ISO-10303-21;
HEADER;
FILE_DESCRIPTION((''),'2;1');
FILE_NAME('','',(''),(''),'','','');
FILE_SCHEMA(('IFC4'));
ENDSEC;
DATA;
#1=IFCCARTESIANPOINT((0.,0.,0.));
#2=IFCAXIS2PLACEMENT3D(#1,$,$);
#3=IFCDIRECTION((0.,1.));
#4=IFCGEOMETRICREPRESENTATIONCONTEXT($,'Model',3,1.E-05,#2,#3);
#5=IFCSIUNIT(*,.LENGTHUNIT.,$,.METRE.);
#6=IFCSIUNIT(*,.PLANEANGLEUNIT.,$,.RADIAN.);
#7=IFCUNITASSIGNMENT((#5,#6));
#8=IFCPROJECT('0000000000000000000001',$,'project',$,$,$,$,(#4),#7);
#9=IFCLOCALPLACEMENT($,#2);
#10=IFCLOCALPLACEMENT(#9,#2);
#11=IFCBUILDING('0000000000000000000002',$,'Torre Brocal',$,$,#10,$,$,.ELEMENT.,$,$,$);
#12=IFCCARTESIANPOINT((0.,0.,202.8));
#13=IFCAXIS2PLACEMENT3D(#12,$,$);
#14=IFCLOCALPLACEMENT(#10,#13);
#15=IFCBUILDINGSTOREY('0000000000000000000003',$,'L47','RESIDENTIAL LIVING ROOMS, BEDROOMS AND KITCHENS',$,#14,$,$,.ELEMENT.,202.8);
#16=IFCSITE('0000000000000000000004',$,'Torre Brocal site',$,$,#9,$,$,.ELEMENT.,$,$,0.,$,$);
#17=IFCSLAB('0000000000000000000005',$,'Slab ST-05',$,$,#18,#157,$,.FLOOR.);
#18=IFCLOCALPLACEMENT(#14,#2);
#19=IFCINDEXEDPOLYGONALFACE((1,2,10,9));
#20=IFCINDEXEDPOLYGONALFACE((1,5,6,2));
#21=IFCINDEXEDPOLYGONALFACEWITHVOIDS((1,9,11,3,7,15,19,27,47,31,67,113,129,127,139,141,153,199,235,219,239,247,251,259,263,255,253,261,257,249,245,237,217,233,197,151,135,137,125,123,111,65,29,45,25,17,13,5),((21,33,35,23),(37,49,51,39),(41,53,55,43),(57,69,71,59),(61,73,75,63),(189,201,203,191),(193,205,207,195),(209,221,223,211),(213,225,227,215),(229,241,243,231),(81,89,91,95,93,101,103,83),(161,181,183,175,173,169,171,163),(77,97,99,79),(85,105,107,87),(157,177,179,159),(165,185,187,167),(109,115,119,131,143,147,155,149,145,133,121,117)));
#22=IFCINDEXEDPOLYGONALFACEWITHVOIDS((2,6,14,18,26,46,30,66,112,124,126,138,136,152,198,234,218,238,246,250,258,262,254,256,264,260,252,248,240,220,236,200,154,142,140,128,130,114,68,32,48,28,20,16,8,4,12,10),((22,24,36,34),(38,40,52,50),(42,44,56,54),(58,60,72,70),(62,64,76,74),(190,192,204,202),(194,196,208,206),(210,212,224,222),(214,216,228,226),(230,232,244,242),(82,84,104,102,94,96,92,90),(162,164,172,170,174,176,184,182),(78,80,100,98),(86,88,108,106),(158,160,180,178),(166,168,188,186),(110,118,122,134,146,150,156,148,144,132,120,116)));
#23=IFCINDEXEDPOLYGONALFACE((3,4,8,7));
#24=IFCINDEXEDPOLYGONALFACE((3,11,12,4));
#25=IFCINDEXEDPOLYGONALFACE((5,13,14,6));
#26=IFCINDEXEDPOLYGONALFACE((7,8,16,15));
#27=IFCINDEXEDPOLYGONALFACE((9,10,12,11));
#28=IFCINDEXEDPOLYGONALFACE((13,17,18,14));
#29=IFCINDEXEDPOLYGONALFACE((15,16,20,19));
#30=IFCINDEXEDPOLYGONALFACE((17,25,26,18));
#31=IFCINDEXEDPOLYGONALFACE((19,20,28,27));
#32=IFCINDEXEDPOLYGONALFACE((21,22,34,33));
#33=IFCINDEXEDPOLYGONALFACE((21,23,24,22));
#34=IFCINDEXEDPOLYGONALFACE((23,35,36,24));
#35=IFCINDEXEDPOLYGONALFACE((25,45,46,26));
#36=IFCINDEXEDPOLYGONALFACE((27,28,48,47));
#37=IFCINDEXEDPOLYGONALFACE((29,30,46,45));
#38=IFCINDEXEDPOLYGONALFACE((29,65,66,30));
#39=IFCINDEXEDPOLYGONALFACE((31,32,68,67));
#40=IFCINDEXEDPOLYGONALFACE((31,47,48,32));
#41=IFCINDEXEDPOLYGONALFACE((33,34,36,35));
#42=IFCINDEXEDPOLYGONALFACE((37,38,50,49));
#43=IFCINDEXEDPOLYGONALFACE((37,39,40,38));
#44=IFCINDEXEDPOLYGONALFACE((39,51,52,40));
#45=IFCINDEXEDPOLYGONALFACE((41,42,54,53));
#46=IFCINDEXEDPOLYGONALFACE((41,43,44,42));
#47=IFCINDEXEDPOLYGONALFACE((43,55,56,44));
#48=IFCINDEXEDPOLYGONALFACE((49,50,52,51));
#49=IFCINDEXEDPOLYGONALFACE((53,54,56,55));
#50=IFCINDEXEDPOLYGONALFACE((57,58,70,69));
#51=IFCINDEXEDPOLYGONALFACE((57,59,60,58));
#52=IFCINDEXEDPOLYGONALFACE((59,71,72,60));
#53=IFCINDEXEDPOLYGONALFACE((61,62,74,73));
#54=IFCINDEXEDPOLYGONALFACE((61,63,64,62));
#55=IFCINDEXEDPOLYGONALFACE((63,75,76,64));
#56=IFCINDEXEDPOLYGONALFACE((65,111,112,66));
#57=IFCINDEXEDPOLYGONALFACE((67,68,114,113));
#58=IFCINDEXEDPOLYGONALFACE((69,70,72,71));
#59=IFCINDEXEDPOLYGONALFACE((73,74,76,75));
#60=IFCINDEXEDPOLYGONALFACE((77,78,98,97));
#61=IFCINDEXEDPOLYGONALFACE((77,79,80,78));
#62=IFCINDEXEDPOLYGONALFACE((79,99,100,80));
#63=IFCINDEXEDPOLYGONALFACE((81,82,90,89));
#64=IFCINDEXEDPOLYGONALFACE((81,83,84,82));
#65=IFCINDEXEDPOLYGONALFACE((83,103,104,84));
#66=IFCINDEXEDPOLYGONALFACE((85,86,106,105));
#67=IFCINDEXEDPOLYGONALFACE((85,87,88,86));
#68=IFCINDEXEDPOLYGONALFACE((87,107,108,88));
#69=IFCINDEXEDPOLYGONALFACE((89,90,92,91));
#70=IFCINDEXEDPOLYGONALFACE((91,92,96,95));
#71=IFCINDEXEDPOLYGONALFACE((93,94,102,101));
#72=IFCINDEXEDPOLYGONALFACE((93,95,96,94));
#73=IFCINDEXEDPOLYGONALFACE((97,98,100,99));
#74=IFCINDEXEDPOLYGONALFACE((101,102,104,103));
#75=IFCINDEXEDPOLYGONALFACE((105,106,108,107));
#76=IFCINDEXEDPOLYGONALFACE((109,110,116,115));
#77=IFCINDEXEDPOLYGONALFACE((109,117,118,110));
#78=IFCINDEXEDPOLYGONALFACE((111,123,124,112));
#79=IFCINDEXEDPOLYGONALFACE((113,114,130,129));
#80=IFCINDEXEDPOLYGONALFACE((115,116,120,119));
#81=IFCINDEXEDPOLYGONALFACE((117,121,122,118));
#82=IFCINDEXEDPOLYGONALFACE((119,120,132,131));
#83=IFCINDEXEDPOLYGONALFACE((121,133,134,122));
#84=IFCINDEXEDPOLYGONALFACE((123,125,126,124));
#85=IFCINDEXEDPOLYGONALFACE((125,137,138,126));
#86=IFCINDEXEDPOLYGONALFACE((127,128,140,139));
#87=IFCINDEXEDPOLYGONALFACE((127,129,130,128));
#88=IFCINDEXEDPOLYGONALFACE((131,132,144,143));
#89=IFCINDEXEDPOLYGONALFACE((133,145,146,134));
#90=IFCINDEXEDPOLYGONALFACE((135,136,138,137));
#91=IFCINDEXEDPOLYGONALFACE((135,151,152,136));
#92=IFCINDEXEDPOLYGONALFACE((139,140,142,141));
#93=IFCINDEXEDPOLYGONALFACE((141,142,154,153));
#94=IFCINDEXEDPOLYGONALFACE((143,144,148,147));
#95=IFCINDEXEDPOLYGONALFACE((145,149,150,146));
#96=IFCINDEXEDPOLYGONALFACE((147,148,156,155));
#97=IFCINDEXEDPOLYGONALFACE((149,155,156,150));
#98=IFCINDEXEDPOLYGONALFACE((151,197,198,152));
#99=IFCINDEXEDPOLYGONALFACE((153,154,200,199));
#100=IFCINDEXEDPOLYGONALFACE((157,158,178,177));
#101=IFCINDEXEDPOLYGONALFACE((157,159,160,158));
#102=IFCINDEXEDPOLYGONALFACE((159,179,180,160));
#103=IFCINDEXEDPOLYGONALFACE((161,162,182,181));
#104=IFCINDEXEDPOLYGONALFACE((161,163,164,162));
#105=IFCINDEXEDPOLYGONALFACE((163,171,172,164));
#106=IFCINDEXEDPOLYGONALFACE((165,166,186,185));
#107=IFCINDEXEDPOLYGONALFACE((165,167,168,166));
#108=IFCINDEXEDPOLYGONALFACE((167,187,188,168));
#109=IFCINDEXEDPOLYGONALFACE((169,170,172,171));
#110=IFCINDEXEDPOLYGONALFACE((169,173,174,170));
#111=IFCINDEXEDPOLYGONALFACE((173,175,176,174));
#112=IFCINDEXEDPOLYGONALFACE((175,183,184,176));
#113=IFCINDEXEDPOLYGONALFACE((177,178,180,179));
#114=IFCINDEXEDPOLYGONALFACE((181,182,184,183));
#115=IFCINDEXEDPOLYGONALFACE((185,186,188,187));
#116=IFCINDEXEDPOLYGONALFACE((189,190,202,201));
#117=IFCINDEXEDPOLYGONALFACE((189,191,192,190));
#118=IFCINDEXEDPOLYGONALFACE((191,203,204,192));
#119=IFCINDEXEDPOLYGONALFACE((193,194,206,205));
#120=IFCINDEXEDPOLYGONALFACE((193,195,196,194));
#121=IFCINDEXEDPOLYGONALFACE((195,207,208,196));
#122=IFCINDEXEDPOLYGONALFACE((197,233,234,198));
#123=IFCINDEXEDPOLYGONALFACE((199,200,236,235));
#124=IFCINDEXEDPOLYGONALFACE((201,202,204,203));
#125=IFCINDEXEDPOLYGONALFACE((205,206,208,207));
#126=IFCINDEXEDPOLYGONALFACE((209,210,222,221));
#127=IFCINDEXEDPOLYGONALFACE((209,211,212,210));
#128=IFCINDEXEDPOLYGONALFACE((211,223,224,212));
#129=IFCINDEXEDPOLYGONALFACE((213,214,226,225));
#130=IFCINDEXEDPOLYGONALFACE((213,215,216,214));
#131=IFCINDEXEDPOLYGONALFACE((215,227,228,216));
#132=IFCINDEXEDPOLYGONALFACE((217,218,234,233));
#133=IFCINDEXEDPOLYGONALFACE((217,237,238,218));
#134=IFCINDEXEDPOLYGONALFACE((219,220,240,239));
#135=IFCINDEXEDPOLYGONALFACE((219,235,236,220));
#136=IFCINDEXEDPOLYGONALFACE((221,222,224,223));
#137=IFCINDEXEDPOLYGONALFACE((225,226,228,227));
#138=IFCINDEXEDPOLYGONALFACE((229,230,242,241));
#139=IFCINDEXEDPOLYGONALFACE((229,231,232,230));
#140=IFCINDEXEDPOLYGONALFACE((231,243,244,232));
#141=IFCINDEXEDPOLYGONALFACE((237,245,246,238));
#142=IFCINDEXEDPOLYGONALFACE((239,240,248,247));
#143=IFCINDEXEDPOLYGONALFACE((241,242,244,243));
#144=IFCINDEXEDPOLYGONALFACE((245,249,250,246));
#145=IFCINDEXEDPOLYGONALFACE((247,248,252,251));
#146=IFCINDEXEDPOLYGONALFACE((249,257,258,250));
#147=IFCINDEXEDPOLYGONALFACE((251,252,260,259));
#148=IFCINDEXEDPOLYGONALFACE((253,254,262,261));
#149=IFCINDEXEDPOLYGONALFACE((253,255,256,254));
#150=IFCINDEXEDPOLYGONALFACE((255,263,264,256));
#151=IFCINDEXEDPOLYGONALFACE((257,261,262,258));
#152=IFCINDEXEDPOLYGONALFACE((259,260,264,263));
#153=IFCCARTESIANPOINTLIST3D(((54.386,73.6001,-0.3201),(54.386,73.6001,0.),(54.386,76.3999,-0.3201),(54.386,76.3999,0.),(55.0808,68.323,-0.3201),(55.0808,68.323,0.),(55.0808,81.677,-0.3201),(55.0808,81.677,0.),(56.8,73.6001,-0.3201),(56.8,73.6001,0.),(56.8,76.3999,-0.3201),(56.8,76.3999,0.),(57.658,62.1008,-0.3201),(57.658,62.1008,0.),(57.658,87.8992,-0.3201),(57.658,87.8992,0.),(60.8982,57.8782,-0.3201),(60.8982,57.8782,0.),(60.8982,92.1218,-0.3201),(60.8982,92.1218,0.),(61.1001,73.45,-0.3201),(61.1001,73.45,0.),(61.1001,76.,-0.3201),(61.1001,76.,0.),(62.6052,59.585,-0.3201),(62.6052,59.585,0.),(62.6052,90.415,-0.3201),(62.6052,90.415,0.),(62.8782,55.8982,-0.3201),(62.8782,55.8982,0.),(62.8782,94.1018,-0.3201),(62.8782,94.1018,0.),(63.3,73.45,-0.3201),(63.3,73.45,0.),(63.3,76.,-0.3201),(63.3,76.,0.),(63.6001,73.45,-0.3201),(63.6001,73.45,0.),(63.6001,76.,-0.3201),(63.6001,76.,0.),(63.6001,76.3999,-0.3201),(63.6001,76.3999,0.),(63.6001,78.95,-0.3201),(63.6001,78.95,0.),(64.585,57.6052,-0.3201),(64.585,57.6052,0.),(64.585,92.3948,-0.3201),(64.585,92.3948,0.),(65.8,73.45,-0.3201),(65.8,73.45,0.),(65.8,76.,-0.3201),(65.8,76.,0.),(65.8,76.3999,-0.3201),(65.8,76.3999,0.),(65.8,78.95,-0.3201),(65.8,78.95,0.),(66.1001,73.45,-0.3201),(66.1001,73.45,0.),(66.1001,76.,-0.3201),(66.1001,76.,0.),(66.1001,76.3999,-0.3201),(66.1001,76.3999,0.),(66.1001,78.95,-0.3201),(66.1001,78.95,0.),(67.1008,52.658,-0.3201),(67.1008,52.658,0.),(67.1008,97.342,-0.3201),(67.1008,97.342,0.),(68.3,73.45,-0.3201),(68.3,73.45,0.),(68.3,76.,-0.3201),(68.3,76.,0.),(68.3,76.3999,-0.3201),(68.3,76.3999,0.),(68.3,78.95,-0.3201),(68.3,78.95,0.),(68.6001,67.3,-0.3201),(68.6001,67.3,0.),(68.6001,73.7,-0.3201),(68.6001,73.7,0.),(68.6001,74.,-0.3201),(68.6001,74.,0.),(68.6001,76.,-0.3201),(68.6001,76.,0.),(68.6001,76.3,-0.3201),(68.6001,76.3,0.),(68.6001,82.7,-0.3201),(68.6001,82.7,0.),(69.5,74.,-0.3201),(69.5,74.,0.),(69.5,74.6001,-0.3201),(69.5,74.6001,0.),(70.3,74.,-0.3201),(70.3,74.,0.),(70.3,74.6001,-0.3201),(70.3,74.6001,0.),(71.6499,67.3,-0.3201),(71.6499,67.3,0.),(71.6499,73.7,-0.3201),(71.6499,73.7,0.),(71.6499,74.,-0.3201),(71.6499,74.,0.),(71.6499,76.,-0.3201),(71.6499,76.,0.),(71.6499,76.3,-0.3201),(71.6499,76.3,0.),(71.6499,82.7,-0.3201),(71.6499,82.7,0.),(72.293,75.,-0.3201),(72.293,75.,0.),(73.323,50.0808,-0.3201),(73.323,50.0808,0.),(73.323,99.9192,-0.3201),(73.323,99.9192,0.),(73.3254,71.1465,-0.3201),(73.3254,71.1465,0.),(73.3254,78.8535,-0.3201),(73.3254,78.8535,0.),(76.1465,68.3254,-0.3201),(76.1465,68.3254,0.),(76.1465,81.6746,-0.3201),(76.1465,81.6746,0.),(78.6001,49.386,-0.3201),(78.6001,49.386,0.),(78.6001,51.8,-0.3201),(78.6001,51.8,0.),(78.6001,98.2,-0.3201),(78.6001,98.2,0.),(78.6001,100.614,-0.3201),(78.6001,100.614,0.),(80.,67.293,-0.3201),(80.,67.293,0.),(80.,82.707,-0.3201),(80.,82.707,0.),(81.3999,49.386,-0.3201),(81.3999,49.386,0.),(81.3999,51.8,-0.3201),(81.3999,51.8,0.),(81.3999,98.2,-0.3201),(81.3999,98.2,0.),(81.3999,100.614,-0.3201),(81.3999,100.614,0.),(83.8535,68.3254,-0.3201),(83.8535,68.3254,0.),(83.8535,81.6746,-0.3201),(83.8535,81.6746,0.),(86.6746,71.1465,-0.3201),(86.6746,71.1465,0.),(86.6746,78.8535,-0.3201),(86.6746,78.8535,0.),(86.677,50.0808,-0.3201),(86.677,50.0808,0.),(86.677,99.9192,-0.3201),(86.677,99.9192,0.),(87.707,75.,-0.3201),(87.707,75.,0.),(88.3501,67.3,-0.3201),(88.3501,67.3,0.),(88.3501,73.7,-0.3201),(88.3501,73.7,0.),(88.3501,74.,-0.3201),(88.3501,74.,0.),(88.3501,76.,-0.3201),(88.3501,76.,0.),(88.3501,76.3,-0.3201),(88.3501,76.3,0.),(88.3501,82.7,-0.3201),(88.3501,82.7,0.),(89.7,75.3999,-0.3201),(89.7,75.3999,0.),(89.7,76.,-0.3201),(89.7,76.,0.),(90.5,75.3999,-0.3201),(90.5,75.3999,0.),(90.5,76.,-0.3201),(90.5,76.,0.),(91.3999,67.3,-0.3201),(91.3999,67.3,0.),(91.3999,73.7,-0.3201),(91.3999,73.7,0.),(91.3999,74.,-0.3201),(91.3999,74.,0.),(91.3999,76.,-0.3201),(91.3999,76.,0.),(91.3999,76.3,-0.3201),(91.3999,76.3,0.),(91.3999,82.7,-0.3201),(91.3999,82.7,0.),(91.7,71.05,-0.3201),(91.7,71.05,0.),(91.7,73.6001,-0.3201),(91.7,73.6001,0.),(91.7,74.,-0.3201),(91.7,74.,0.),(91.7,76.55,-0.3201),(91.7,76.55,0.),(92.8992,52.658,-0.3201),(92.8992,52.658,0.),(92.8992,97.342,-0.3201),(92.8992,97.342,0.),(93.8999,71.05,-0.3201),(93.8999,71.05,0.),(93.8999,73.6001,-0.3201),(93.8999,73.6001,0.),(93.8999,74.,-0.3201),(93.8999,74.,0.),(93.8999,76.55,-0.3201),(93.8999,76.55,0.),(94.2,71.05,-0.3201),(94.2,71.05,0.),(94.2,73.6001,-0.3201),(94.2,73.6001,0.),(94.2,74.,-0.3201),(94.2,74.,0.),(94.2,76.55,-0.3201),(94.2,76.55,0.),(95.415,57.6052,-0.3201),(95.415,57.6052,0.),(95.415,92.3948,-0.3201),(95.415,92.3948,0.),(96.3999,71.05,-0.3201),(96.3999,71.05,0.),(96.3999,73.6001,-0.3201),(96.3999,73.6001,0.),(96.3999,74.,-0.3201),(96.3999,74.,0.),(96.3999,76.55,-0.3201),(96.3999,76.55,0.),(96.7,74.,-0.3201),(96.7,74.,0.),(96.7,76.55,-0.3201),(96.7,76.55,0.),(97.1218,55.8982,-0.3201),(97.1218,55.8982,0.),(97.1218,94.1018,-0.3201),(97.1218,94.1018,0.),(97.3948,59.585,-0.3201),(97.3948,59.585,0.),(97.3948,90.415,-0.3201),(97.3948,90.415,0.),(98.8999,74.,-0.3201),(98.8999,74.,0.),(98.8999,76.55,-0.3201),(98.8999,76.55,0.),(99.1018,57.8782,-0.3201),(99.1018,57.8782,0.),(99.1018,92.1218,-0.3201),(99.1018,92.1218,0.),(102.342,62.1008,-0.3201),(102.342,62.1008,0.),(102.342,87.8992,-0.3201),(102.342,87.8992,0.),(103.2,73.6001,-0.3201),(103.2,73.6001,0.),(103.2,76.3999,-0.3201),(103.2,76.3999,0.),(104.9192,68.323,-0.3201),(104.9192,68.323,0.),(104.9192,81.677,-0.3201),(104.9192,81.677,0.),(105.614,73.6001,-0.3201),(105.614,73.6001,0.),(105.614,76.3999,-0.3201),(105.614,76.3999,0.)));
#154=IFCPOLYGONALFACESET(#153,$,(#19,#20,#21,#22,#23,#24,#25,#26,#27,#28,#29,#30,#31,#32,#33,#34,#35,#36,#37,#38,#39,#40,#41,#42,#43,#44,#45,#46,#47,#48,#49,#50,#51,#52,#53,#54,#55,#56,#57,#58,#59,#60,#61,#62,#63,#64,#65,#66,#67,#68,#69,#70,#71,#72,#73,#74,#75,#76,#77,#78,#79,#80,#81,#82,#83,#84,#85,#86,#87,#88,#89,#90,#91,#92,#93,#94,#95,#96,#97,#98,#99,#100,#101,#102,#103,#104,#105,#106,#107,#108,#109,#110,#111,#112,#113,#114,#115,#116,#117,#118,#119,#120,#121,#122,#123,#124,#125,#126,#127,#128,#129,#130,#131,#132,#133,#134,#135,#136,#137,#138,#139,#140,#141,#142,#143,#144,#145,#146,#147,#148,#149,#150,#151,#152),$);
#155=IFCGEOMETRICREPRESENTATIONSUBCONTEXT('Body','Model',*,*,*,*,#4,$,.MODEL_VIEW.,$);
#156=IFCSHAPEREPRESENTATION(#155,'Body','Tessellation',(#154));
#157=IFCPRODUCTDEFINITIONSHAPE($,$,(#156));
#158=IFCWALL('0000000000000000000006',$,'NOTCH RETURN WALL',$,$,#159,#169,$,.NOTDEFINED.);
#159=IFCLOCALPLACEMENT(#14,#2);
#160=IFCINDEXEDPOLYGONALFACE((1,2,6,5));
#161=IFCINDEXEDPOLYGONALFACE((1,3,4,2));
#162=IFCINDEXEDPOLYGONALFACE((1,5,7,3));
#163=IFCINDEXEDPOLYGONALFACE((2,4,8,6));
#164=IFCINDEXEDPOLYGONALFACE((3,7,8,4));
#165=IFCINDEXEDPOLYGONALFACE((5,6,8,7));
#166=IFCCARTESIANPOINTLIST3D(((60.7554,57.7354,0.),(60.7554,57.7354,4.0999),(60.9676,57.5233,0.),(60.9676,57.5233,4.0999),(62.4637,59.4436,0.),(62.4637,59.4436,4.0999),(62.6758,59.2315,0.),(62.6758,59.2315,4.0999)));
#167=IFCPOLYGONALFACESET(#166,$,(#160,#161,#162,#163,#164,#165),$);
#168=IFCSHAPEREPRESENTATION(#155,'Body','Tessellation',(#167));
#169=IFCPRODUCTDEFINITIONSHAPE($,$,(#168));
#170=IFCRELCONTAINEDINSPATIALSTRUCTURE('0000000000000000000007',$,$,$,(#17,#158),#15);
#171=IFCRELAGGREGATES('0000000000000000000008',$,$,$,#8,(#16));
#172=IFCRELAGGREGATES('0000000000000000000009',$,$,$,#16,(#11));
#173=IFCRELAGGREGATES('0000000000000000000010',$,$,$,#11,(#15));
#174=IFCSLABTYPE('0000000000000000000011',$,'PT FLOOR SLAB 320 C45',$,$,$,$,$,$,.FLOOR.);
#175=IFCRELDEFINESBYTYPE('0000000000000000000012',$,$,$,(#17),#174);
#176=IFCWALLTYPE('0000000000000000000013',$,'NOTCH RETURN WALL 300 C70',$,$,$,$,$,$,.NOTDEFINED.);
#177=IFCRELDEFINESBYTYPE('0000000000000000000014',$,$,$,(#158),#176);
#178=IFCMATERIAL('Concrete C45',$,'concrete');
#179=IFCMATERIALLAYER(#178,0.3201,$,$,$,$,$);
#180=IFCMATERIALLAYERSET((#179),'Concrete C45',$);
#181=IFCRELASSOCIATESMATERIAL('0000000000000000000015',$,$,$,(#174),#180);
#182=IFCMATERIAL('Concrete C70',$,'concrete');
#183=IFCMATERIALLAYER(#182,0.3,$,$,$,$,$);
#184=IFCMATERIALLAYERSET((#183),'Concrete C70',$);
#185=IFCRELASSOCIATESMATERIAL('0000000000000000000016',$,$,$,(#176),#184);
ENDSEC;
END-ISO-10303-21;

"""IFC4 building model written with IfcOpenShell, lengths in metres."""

from ifc_helpers import new_model, si_unit, direction, frame, frame_2d, origin, place, context, subcontext, project, spatial, polyline, rectangle, outline, extrude, material, layer, layer_set, type_object, element, save


model = new_model("IFC4")

# Units and contexts
model_context = context("Model", 3, precision=1e-05, world=origin(), true_north=direction((0.0, 1.0)))
body_context = subcontext(model_context, "Body", "Model", "MODEL_VIEW")
ifc_project = project(units=[si_unit("LENGTHUNIT", "METRE"), si_unit("PLANEANGLEUNIT", "RADIAN")], contexts=[model_context])

# Site, building, storey
site_placement = place(None, origin())
site = spatial("IfcSite", under=ifc_project, at=site_placement, Name="Torre Brocal site", CompositionType="ELEMENT", RefElevation=0.0)
building_placement = place(site_placement, origin())
building = spatial("IfcBuilding", under=site, at=building_placement, Name="Torre Brocal", CompositionType="ELEMENT")
storey_placement = place(building_placement, frame((0.0, 0.0, 202.8)))
storey = spatial("IfcBuildingStorey", under=building, at=storey_placement, Name="L47", Description="RESIDENTIAL LIVING ROOMS, BEDROOMS AND KITCHENS", CompositionType="ELEMENT", Elevation=202.8)

# Slab
ifc_material_1 = material(Name="Concrete C45", Category="concrete")
ifc_layer_1 = layer(ifc_material_1, 0.3201)
ifc_layer_set_1 = layer_set([ifc_layer_1], Name="Concrete C45")
slab_type_1 = type_object("IfcSlabType", Name="PT FLOOR SLAB 320 C45", PredefinedType="FLOOR", material=ifc_layer_set_1)
slab_1_placement = place(storey_placement, frame((0.0, 0.0, -0.3201)))
element("IfcSlab", 1, at=slab_1_placement, inside=storey, type_object=slab_type_1, Name="Slab ST-05", PredefinedType="FLOOR", context=body_context, shape_type="SweptSolid", body=[
    extrude(outline(polyline([(103.2, 76.3999), (103.2, 73.6001), (105.614, 73.6001), (104.9192, 68.323), (102.342, 62.1008), (99.1018, 57.8782), (97.3948, 59.585), (95.415, 57.6052), (97.1218, 55.8982), (92.8992, 52.658), (86.677, 50.0808), (81.3999, 49.386), (81.3999, 51.8), (78.6001, 51.8), (78.6001, 49.386), (73.323, 50.0808), (67.1008, 52.658), (62.8782, 55.8982), (64.585, 57.6052), (62.6052, 59.585), (60.8982, 57.8782), (57.658, 62.1008), (55.0808, 68.323), (54.386, 73.6001), (56.8, 73.6001), (56.8, 76.3999), (54.386, 76.3999), (55.0808, 81.677), (57.658, 87.8992), (60.8982, 92.1218), (62.6052, 90.415), (64.585, 92.3948), (62.8782, 94.1018), (67.1008, 97.342), (73.323, 99.9192), (78.6001, 100.614), (78.6001, 98.2), (81.3999, 98.2), (81.3999, 100.614), (86.677, 99.9192), (92.8992, 97.342), (97.1218, 94.1018), (95.415, 92.3948), (97.3948, 90.415), (99.1018, 92.1218), (102.342, 87.8992), (104.9192, 81.677), (105.614, 76.3999), (103.2, 76.3999)]), holes=[polyline([(98.8999, 76.55), (96.7, 76.55), (96.7, 74.0), (98.8999, 74.0), (98.8999, 76.55)]), polyline([(96.3999, 76.55), (94.2, 76.55), (94.2, 74.0), (96.3999, 74.0), (96.3999, 76.55)]), polyline([(96.3999, 73.6001), (94.2, 73.6001), (94.2, 71.05), (96.3999, 71.05), (96.3999, 73.6001)]), polyline([(93.8999, 76.55), (91.7, 76.55), (91.7, 74.0), (93.8999, 74.0), (93.8999, 76.55)]), polyline([(93.8999, 73.6001), (91.7, 73.6001), (91.7, 71.05), (93.8999, 71.05), (93.8999, 73.6001)]), polyline([(89.7, 76.0), (88.3501, 76.0), (88.3501, 74.0), (91.3999, 74.0), (91.3999, 76.0), (90.5, 76.0), (90.5, 75.3999), (89.7, 75.3999), (89.7, 76.0)]), polyline([(91.3999, 82.7), (88.3501, 82.7), (88.3501, 76.3), (91.3999, 76.3), (91.3999, 82.7)]), polyline([(91.3999, 73.7), (88.3501, 73.7), (88.3501, 67.3), (91.3999, 67.3), (91.3999, 73.7)]), polyline([(80.0, 82.707), (76.1465, 81.6746), (73.3254, 78.8535), (72.293, 75.0), (73.3254, 71.1465), (76.1465, 68.3254), (80.0, 67.293), (83.8535, 68.3254), (86.6746, 71.1465), (87.707, 75.0), (86.6746, 78.8535), (83.8535, 81.6746), (80.0, 82.707)]), polyline([(70.3, 74.0), (71.6499, 74.0), (71.6499, 76.0), (68.6001, 76.0), (68.6001, 74.0), (69.5, 74.0), (69.5, 74.6001), (70.3, 74.6001), (70.3, 74.0)]), polyline([(68.6001, 76.3), (71.6499, 76.3), (71.6499, 82.7), (68.6001, 82.7), (68.6001, 76.3)]), polyline([(68.6001, 67.3), (71.6499, 67.3), (71.6499, 73.7), (68.6001, 73.7), (68.6001, 67.3)]), polyline([(66.1001, 76.3999), (68.3, 76.3999), (68.3, 78.95), (66.1001, 78.95), (66.1001, 76.3999)]), polyline([(66.1001, 73.45), (68.3, 73.45), (68.3, 76.0), (66.1001, 76.0), (66.1001, 73.45)]), polyline([(63.6001, 76.3999), (65.8, 76.3999), (65.8, 78.95), (63.6001, 78.95), (63.6001, 76.3999)]), polyline([(63.6001, 73.45), (65.8, 73.45), (65.8, 76.0), (63.6001, 76.0), (63.6001, 73.45)]), polyline([(61.1001, 73.45), (63.3, 73.45), (63.3, 76.0), (61.1001, 76.0), (61.1001, 73.45)])]), origin(), (0.0, 0.0, 1.0), 0.3201),
])

# Wall
ifc_material_2 = material(Name="Concrete C70", Category="concrete")
ifc_layer_2 = layer(ifc_material_2, 0.3)
ifc_layer_set_2 = layer_set([ifc_layer_2], Name="Concrete C70")
wall_type_1 = type_object("IfcWallType", Name="NOTCH RETURN WALL 300 C70", PredefinedType="NOTDEFINED", material=ifc_layer_set_2)
for number, where, z_axis, x_axis, name in (
    (2, (62.5698, 59.3376, 0.0), (0.0, 0.0, 1.0), (-0.707107, -0.707107, 0.0), "NOTCH RETURN WALL"),
):
    element("IfcWall", number, at=place(storey_placement, frame(where, z_axis=z_axis, x_axis=x_axis)), inside=storey, type_object=wall_type_1, Name=name, PredefinedType="NOTDEFINED", context=body_context, shape_type="SweptSolid", body=[
        extrude(rectangle(XDim=2.4158, YDim=0.3, at=frame_2d((1.208, 0.0))), origin(), (0.0, 0.0, 1.0), 4.0999),
    ])

save(model, "model.ifc")
